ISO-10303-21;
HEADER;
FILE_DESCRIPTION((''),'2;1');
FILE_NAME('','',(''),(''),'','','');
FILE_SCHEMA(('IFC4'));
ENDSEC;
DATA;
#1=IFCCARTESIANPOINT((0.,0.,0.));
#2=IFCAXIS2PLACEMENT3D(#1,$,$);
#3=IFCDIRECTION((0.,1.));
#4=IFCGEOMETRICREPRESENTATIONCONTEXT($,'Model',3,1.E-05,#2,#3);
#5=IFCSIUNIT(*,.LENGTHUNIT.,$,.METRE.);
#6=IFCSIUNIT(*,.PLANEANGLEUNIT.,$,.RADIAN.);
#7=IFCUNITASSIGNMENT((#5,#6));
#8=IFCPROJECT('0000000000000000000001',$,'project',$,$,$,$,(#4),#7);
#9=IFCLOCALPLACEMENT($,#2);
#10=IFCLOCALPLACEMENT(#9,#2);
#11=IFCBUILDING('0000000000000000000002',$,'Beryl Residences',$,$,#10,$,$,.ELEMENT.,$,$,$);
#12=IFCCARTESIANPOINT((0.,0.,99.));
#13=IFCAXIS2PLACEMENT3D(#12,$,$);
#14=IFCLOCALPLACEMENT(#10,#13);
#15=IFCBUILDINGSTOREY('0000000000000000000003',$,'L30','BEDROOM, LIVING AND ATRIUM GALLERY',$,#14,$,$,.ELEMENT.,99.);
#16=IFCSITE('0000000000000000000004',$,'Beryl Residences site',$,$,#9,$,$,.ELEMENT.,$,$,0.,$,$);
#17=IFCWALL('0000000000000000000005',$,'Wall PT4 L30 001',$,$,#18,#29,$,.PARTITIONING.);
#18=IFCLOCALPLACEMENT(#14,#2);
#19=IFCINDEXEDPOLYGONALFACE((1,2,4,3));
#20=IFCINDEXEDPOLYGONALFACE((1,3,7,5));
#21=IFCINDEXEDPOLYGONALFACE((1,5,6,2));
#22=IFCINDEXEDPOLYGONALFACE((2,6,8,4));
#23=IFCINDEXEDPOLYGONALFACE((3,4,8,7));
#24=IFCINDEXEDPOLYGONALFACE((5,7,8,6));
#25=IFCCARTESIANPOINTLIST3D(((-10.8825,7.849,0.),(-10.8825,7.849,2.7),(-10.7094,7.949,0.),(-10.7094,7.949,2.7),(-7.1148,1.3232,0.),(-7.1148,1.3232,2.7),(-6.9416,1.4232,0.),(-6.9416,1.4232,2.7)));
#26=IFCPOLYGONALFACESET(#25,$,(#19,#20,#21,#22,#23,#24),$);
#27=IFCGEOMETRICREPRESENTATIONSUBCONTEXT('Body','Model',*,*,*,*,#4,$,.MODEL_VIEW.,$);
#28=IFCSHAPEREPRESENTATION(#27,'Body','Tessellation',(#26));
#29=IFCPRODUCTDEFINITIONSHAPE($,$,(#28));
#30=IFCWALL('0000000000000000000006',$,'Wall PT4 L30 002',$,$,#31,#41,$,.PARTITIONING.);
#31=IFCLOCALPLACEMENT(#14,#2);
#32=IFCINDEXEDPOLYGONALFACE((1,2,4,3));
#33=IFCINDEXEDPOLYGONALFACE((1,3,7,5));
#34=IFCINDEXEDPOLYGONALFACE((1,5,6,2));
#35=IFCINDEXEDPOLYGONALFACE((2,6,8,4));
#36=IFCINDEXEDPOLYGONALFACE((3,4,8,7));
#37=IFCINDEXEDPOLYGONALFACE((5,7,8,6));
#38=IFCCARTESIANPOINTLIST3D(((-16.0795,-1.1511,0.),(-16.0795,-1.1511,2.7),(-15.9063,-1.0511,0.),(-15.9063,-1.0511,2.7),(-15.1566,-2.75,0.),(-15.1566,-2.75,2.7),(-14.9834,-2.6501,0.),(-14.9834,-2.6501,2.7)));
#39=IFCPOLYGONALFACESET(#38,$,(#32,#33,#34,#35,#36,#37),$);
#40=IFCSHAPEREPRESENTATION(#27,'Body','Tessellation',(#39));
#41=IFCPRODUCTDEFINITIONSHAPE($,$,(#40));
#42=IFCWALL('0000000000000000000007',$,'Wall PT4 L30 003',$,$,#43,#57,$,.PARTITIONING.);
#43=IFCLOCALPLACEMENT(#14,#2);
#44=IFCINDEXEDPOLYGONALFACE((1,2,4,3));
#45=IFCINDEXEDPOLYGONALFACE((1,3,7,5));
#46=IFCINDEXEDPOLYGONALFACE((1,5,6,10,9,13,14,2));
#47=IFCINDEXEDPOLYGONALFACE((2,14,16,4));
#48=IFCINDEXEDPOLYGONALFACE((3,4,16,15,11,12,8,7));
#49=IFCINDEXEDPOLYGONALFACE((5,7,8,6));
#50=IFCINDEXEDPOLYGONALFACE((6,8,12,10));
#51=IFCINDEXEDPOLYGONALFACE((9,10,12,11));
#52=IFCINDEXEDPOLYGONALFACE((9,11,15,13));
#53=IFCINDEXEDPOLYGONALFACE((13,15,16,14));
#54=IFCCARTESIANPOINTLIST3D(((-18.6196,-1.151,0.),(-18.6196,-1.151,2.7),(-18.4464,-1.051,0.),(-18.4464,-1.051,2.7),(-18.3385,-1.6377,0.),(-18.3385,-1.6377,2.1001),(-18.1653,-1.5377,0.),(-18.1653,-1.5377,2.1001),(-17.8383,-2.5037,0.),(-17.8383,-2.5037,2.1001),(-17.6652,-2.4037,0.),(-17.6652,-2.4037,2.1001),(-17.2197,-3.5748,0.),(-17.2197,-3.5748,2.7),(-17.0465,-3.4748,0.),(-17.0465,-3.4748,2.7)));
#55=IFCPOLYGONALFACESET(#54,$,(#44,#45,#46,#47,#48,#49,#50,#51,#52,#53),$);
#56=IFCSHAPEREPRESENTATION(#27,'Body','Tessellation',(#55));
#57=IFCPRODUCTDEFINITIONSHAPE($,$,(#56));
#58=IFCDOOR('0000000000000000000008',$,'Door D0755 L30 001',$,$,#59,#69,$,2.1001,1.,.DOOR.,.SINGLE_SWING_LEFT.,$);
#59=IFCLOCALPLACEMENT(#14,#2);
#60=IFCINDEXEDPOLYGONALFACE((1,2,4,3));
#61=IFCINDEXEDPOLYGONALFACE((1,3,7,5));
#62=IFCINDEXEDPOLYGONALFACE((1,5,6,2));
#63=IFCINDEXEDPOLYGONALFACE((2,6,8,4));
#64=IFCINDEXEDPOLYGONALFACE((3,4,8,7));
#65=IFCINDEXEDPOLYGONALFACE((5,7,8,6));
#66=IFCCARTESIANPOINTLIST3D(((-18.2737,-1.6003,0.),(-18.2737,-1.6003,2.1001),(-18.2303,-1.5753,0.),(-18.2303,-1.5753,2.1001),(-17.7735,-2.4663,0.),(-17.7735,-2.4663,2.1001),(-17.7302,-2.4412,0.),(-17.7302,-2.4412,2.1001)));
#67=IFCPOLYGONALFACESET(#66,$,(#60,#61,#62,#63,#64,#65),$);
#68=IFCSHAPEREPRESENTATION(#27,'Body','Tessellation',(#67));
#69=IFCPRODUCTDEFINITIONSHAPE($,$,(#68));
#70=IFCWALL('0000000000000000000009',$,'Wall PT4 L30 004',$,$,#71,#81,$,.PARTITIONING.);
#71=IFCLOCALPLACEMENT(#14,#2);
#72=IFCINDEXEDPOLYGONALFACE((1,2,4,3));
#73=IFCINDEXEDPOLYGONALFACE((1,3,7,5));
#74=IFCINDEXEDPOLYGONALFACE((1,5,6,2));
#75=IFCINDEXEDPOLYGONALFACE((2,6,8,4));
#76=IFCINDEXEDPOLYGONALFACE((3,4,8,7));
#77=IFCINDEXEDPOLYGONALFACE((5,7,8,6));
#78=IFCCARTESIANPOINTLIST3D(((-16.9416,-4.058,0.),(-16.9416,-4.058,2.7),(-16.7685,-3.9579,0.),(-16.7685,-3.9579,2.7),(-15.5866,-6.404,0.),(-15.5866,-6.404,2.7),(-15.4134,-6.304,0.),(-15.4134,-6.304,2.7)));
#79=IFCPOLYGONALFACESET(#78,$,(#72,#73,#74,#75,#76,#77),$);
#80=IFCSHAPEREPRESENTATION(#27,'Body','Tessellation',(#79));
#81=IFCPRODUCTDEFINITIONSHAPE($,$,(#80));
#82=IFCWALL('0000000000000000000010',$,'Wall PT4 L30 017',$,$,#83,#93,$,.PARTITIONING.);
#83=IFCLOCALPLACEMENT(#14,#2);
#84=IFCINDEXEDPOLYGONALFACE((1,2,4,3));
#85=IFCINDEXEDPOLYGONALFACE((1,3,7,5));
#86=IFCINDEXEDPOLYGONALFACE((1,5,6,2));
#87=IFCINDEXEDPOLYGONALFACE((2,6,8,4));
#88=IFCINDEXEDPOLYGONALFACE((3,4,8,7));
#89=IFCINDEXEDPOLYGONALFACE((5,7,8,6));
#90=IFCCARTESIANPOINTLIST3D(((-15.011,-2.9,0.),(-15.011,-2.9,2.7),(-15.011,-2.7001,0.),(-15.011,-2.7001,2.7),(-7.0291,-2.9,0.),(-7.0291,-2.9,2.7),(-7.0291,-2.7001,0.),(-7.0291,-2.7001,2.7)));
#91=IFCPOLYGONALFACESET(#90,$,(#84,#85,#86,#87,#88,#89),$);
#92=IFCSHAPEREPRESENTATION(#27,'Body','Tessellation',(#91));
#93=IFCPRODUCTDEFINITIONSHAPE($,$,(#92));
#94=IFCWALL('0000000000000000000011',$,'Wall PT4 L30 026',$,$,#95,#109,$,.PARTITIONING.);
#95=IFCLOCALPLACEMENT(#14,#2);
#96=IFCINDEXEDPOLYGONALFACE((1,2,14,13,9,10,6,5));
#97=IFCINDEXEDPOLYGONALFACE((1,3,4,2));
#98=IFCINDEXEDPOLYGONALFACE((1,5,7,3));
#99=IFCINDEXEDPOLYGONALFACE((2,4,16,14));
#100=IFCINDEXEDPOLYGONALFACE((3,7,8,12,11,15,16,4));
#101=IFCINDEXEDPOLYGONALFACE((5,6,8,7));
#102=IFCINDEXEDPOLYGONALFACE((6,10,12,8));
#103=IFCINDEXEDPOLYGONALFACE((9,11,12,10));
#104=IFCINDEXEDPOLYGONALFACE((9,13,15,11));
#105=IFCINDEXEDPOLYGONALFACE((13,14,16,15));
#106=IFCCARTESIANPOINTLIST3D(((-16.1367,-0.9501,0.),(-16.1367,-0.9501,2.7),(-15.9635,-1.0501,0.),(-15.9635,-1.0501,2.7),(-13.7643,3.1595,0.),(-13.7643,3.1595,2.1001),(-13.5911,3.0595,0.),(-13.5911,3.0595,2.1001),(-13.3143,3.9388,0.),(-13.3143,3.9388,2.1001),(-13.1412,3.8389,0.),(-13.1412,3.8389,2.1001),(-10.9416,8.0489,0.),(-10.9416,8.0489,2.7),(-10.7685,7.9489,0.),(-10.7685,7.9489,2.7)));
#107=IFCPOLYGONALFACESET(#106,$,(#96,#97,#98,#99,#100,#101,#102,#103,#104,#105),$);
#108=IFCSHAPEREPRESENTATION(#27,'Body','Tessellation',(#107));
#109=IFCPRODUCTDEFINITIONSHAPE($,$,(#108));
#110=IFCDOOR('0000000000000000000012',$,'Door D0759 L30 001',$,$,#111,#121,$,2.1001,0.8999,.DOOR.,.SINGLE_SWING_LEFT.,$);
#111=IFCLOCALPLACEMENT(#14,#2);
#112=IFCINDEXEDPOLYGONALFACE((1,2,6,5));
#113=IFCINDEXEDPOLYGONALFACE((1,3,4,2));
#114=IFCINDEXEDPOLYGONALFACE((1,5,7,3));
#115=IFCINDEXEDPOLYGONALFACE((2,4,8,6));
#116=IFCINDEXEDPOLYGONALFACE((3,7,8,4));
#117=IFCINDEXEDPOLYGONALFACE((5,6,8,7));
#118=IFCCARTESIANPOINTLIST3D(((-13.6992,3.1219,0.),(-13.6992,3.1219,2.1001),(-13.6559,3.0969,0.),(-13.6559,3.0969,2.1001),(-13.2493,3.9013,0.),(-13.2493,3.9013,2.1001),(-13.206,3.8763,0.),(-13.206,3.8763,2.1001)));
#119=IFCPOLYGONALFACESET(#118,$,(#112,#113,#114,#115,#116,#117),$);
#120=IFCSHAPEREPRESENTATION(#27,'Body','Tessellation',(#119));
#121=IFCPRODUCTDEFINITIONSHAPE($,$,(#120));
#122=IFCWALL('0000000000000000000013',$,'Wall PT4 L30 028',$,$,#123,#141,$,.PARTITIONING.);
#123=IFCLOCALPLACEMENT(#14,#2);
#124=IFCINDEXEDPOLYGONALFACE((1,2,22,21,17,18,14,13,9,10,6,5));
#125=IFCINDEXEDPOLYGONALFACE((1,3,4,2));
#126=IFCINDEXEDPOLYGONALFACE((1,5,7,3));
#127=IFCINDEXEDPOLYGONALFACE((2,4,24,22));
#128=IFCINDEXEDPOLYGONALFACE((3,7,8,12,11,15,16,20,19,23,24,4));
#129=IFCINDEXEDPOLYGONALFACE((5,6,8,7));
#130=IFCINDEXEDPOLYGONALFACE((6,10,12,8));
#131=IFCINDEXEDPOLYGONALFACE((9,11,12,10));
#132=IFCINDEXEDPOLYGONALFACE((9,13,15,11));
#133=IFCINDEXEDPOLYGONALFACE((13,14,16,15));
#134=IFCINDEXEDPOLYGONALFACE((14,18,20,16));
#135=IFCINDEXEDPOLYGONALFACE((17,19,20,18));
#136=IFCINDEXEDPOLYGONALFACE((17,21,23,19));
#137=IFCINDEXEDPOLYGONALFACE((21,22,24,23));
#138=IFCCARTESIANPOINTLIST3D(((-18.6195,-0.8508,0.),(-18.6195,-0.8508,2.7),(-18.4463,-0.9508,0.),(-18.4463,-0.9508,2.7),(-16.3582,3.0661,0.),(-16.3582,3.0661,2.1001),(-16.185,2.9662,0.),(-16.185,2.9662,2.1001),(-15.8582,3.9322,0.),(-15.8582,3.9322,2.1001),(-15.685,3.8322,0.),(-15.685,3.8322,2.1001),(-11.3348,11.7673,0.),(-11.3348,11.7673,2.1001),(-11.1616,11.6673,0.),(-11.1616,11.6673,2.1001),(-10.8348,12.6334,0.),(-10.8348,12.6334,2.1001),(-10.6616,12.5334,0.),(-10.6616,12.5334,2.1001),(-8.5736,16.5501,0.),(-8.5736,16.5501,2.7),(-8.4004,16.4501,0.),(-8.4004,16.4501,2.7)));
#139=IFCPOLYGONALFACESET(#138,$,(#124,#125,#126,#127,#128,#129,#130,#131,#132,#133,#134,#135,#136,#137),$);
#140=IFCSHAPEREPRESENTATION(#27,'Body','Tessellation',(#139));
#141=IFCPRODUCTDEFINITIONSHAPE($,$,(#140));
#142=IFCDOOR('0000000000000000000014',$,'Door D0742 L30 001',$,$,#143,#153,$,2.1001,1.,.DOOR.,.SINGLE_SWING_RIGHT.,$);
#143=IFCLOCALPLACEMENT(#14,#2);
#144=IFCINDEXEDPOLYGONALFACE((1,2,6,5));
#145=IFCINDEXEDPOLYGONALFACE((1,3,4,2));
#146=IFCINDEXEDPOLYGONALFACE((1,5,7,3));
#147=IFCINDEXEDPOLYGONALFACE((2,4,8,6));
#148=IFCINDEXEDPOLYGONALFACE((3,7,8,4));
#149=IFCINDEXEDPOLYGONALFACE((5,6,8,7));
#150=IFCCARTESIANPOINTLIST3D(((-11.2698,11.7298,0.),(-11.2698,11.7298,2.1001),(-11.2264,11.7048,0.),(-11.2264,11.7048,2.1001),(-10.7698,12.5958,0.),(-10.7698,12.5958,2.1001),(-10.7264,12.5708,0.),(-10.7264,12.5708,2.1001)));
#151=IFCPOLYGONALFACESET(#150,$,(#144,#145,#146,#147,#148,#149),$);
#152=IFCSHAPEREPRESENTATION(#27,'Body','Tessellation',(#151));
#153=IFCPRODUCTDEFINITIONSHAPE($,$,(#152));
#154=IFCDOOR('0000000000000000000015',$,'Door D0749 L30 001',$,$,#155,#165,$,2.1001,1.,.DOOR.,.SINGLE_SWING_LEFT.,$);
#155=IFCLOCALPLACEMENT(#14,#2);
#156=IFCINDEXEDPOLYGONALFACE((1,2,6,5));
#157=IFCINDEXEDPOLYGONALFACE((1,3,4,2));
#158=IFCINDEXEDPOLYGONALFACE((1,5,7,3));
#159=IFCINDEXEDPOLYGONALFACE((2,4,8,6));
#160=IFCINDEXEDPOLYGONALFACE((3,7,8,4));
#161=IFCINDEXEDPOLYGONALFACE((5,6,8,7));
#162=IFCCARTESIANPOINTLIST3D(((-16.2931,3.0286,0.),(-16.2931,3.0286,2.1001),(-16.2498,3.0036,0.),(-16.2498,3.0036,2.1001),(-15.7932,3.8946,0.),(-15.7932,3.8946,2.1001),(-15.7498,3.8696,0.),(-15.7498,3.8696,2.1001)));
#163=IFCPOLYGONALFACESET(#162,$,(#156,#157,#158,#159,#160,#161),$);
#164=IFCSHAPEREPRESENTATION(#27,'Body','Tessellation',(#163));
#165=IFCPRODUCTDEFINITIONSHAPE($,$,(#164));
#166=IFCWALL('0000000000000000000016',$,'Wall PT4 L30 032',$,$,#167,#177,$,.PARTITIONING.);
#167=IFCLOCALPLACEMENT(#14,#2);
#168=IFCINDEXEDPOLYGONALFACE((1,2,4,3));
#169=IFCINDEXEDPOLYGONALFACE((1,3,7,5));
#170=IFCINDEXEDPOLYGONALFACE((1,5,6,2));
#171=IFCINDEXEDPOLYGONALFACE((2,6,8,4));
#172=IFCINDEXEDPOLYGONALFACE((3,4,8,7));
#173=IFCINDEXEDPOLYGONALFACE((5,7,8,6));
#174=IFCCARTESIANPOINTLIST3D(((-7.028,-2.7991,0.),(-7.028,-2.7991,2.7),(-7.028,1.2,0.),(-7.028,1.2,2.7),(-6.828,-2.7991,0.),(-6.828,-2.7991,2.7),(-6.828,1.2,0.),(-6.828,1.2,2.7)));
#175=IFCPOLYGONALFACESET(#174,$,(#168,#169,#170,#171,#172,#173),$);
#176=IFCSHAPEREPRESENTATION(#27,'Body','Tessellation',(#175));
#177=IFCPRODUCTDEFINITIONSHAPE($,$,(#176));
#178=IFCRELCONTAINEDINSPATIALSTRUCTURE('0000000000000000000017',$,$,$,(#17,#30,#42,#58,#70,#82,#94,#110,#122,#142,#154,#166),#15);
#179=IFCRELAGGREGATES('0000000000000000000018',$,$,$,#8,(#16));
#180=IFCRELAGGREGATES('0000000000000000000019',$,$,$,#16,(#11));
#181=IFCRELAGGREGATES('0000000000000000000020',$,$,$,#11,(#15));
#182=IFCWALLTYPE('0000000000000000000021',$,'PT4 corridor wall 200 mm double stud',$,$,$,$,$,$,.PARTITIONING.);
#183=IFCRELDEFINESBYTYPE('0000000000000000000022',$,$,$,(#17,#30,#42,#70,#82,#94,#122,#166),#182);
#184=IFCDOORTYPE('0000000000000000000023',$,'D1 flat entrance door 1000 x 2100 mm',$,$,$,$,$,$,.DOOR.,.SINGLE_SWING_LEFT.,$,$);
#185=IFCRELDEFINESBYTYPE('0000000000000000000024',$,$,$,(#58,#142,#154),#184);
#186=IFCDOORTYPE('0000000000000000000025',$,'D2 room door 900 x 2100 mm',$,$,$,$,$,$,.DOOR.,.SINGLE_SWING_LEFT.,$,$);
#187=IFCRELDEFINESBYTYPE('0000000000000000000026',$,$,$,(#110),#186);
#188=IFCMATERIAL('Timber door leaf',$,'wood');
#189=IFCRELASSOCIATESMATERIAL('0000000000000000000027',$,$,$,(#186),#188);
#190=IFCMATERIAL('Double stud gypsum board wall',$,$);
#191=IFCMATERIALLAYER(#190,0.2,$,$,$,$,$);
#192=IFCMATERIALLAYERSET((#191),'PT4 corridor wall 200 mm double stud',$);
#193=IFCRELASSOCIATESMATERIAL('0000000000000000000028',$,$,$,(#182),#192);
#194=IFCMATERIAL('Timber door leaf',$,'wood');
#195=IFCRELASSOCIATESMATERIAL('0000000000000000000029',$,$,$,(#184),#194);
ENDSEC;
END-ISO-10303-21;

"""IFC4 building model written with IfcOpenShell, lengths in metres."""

from ifc_helpers import new_model, si_unit, direction, frame, frame_2d, origin, place, context, subcontext, project, spatial, rectangle, extrude, material, layer, layer_set, type_object, element, fill, save


model = new_model("IFC4")

# Units and contexts
model_context = context("Model", 3, precision=1e-05, world=origin(), true_north=direction((0.0, 1.0)))
body_context = subcontext(model_context, "Body", "Model", "MODEL_VIEW")
ifc_project = project(units=[si_unit("LENGTHUNIT", "METRE"), si_unit("PLANEANGLEUNIT", "RADIAN")], contexts=[model_context])

# Site, building, storey
site_placement = place(None, origin())
site = spatial("IfcSite", under=ifc_project, at=site_placement, Name="Beryl Residences site", CompositionType="ELEMENT", RefElevation=0.0)
building_placement = place(site_placement, origin())
building = spatial("IfcBuilding", under=site, at=building_placement, Name="Beryl Residences", CompositionType="ELEMENT")
storey_placement = place(building_placement, frame((0.0, 0.0, 99.0)))
storey = spatial("IfcBuildingStorey", under=building, at=storey_placement, Name="L30", Description="BEDROOM, LIVING AND ATRIUM GALLERY", CompositionType="ELEMENT", Elevation=99.0)

# Shared definitions
ifc_material_1 = material(Name="Timber door leaf", Category="wood")
door_type_1 = type_object("IfcDoorType", Name="D2 room door 900 x 2100 mm", OperationType="SINGLE_SWING_LEFT", PredefinedType="DOOR", material=ifc_material_1)

# Walls
ifc_material_2 = material(Name="Double stud gypsum board wall")
ifc_layer_1 = layer(ifc_material_2, 0.2)
ifc_layer_set_1 = layer_set([ifc_layer_1], Name="PT4 corridor wall 200 mm double stud")
wall_type_1 = type_object("IfcWallType", Name="PT4 corridor wall 200 mm double stud", PredefinedType="PARTITIONING", material=ifc_layer_set_1)
wall_1_placement = place(storey_placement, frame((-10.7959, 7.8989, 0.0), z_axis=(0.0, 0.0, 1.0), x_axis=(0.50001, -0.866019, 0.0)))
element("IfcWall", 1, at=wall_1_placement, inside=storey, type_object=wall_type_1, Name="Wall PT4 L30 001", PredefinedType="PARTITIONING", context=body_context, shape_type="SweptSolid", body=[
    extrude(rectangle(XDim=7.5354, YDim=0.2, at=frame_2d((3.7676, 0.0))), origin(), (0.0, 0.0, 1.0), 2.7),
])
wall_2_placement = place(storey_placement, frame((-15.9929, -1.1011, 0.0), z_axis=(0.0, 0.0, 1.0), x_axis=(0.499894, -0.866086, 0.0)))
element("IfcWall", 2, at=wall_2_placement, inside=storey, type_object=wall_type_1, Name="Wall PT4 L30 002", PredefinedType="PARTITIONING", context=body_context, shape_type="SweptSolid", body=[
    extrude(rectangle(XDim=1.8462, YDim=0.2, at=frame_2d((0.9231, 0.0))), origin(), (0.0, 0.0, 1.0), 2.7),
])

# Wall, opening, door
wall_3_placement = place(storey_placement, frame((-18.533, -1.1011, 0.0), z_axis=(0.0, 0.0, 1.0), x_axis=(0.500135, -0.865947, 0.0)))
wall_3 = element("IfcWall", 3, at=wall_3_placement, inside=storey, type_object=wall_type_1, Name="Wall PT4 L30 003", PredefinedType="PARTITIONING", context=body_context, shape_type="SweptSolid", body=[
    extrude(rectangle(XDim=2.7991, YDim=0.2, at=frame_2d((1.3994, 0.0))), origin(), (0.0, 0.0, 1.0), 2.7),
])
opening_1_placement = place(wall_3_placement, frame((0.562, 0.0, 0.0)))
opening_1 = element("IfcOpeningElement", 4, at=opening_1_placement, cuts=wall_3, PredefinedType="OPENING", context=body_context, shape_type="SweptSolid", body=[
    extrude(rectangle(XDim=1.0, YDim=2.1001, at=frame_2d((0.5, 1.05))), frame((0.0, 0.1099, 0.0), z_axis=(0.0, -1.0, 0.0), x_axis=(1.0, 0.0, 0.0)), (0.0, 0.0, 1.0), 0.22),
])
ifc_material_3 = material(Name="Timber door leaf", Category="wood")
door_type_2 = type_object("IfcDoorType", Name="D1 flat entrance door 1000 x 2100 mm", OperationType="SINGLE_SWING_LEFT", PredefinedType="DOOR", material=ifc_material_3)
door_1_placement = place(opening_1_placement, origin())
door_1 = element("IfcDoor", 5, at=door_1_placement, inside=storey, type_object=door_type_2, Name="Door D0755 L30 001", OperationType="SINGLE_SWING_LEFT", OverallHeight=2.1001, OverallWidth=1.0, PredefinedType="DOOR", context=body_context, shape_type="SweptSolid", body=[
    extrude(rectangle(XDim=1.0, YDim=2.1001, at=frame_2d((0.5, 1.05))), frame((0.0, 0.0249, 0.0), z_axis=(0.0, -1.0, 0.0), x_axis=(1.0, 0.0, 0.0)), (0.0, 0.0, 1.0), 0.05),
])
fill(opening_1, door_1)

# Walls
wall_4_placement = place(storey_placement, frame((-16.855, -4.0081, 0.0), z_axis=(0.0, 0.0, 1.0), x_axis=(0.500151, -0.865938, 0.0)))
element("IfcWall", 6, at=wall_4_placement, inside=storey, type_object=wall_type_1, Name="Wall PT4 L30 004", PredefinedType="PARTITIONING", context=body_context, shape_type="SweptSolid", body=[
    extrude(rectangle(XDim=2.7092, YDim=0.2, at=frame_2d((1.3545, 0.0))), origin(), (0.0, 0.0, 1.0), 2.7),
])
wall_5_placement = place(storey_placement, frame((-15.011, -2.8, 0.0), z_axis=(0.0, 0.0, 1.0), x_axis=(1.0, 0.0, 0.0)))
element("IfcWall", 7, at=wall_5_placement, inside=storey, type_object=wall_type_1, Name="Wall PT4 L30 017", PredefinedType="PARTITIONING", context=body_context, shape_type="SweptSolid", body=[
    extrude(rectangle(XDim=7.9819, YDim=0.2, at=frame_2d((3.991, 0.0))), origin(), (0.0, 0.0, 1.0), 2.7),
])

# Wall, opening, door
wall_6_placement = place(storey_placement, frame((-16.05, -1.0, 0.0), z_axis=(0.0, 0.0, 1.0), x_axis=(0.499962, 0.866047, 0.0)))
wall_6 = element("IfcWall", 8, at=wall_6_placement, inside=storey, type_object=wall_type_1, Name="Wall PT4 L30 026", PredefinedType="PARTITIONING", context=body_context, shape_type="SweptSolid", body=[
    extrude(rectangle(XDim=10.3909, YDim=0.2, at=frame_2d((5.1953, 0.0))), origin(), (0.0, 0.0, 1.0), 2.7),
])
opening_2_placement = place(wall_6_placement, frame((4.7451, 0.0, 0.0)))
opening_2 = element("IfcOpeningElement", 9, at=opening_2_placement, cuts=wall_6, PredefinedType="OPENING", context=body_context, shape_type="SweptSolid", body=[
    extrude(rectangle(XDim=0.8999, YDim=2.1001, at=frame_2d((0.45, 1.05))), frame((0.0, 0.1099, 0.0), z_axis=(0.0, -1.0, 0.0), x_axis=(1.0, 0.0, 0.0)), (0.0, 0.0, 1.0), 0.22),
])
door_2_placement = place(opening_2_placement, origin())
door_2 = element("IfcDoor", 10, at=door_2_placement, inside=storey, type_object=door_type_1, Name="Door D0759 L30 001", OperationType="SINGLE_SWING_LEFT", OverallHeight=2.1001, OverallWidth=0.8999, PredefinedType="DOOR", context=body_context, shape_type="SweptSolid", body=[
    extrude(rectangle(XDim=0.8999, YDim=2.1001, at=frame_2d((0.45, 1.05))), frame((0.0, 0.0249, 0.0), z_axis=(0.0, -1.0, 0.0), x_axis=(1.0, 0.0, 0.0)), (0.0, 0.0, 1.0), 0.05),
])
fill(opening_2, door_2)

# Wall, openings, doors
wall_7_placement = place(storey_placement, frame((-18.533, -0.9009, 0.0), z_axis=(0.0, 0.0, 1.0), x_axis=(0.499981, 0.866036, 0.0)))
wall_7 = element("IfcWall", 11, at=wall_7_placement, inside=storey, type_object=wall_type_1, Name="Wall PT4 L30 028", PredefinedType="PARTITIONING", context=body_context, shape_type="SweptSolid", body=[
    extrude(rectangle(XDim=20.0925, YDim=0.2, at=frame_2d((10.0464, 0.0))), origin(), (0.0, 0.0, 1.0), 2.7),
])
opening_3_placement = place(wall_7_placement, frame((14.5701, 0.0, 0.0)))
opening_3 = element("IfcOpeningElement", 12, at=opening_3_placement, cuts=wall_7, PredefinedType="OPENING", context=body_context, shape_type="SweptSolid", body=[
    extrude(rectangle(XDim=1.0, YDim=2.1001, at=frame_2d((0.5, 1.05))), frame((0.0, 0.1099, 0.0), z_axis=(0.0, -1.0, 0.0), x_axis=(1.0, 0.0, 0.0)), (0.0, 0.0, 1.0), 0.22),
])
opening_4_placement = place(wall_7_placement, frame((4.5229, 0.0, 0.0)))
opening_4 = element("IfcOpeningElement", 13, at=opening_4_placement, cuts=wall_7, PredefinedType="OPENING", context=body_context, shape_type="SweptSolid", body=[
    extrude(rectangle(XDim=1.0, YDim=2.1001, at=frame_2d((0.5, 1.05))), frame((0.0, 0.1099, 0.0), z_axis=(0.0, -1.0, 0.0), x_axis=(1.0, 0.0, 0.0)), (0.0, 0.0, 1.0), 0.22),
])
door_3_placement = place(opening_3_placement, origin())
door_3 = element("IfcDoor", 14, at=door_3_placement, inside=storey, type_object=door_type_2, Name="Door D0742 L30 001", OperationType="SINGLE_SWING_RIGHT", OverallHeight=2.1001, OverallWidth=1.0, PredefinedType="DOOR", context=body_context, shape_type="SweptSolid", body=[
    extrude(rectangle(XDim=1.0, YDim=2.1001, at=frame_2d((0.5, 1.05))), frame((0.0, 0.0249, 0.0), z_axis=(0.0, -1.0, 0.0), x_axis=(1.0, 0.0, 0.0)), (0.0, 0.0, 1.0), 0.05),
])
fill(opening_3, door_3)
door_4_placement = place(opening_4_placement, origin())
door_4 = element("IfcDoor", 15, at=door_4_placement, inside=storey, type_object=door_type_2, Name="Door D0749 L30 001", OperationType="SINGLE_SWING_LEFT", OverallHeight=2.1001, OverallWidth=1.0, PredefinedType="DOOR", context=body_context, shape_type="SweptSolid", body=[
    extrude(rectangle(XDim=1.0, YDim=2.1001, at=frame_2d((0.5, 1.05))), frame((0.0, 0.0249, 0.0), z_axis=(0.0, -1.0, 0.0), x_axis=(1.0, 0.0, 0.0)), (0.0, 0.0, 1.0), 0.05),
])
fill(opening_4, door_4)

# Wall
wall_8_placement = place(storey_placement, frame((-6.928, -2.7991, 0.0), z_axis=(0.0, 0.0, 1.0), x_axis=(0.0, 1.0, 0.0)))
element("IfcWall", 16, at=wall_8_placement, inside=storey, type_object=wall_type_1, Name="Wall PT4 L30 032", PredefinedType="PARTITIONING", context=body_context, shape_type="SweptSolid", body=[
    extrude(rectangle(XDim=3.999, YDim=0.2, at=frame_2d((1.9995, 0.0))), origin(), (0.0, 0.0, 1.0), 2.7),
])

save(model, "model.ifc")
